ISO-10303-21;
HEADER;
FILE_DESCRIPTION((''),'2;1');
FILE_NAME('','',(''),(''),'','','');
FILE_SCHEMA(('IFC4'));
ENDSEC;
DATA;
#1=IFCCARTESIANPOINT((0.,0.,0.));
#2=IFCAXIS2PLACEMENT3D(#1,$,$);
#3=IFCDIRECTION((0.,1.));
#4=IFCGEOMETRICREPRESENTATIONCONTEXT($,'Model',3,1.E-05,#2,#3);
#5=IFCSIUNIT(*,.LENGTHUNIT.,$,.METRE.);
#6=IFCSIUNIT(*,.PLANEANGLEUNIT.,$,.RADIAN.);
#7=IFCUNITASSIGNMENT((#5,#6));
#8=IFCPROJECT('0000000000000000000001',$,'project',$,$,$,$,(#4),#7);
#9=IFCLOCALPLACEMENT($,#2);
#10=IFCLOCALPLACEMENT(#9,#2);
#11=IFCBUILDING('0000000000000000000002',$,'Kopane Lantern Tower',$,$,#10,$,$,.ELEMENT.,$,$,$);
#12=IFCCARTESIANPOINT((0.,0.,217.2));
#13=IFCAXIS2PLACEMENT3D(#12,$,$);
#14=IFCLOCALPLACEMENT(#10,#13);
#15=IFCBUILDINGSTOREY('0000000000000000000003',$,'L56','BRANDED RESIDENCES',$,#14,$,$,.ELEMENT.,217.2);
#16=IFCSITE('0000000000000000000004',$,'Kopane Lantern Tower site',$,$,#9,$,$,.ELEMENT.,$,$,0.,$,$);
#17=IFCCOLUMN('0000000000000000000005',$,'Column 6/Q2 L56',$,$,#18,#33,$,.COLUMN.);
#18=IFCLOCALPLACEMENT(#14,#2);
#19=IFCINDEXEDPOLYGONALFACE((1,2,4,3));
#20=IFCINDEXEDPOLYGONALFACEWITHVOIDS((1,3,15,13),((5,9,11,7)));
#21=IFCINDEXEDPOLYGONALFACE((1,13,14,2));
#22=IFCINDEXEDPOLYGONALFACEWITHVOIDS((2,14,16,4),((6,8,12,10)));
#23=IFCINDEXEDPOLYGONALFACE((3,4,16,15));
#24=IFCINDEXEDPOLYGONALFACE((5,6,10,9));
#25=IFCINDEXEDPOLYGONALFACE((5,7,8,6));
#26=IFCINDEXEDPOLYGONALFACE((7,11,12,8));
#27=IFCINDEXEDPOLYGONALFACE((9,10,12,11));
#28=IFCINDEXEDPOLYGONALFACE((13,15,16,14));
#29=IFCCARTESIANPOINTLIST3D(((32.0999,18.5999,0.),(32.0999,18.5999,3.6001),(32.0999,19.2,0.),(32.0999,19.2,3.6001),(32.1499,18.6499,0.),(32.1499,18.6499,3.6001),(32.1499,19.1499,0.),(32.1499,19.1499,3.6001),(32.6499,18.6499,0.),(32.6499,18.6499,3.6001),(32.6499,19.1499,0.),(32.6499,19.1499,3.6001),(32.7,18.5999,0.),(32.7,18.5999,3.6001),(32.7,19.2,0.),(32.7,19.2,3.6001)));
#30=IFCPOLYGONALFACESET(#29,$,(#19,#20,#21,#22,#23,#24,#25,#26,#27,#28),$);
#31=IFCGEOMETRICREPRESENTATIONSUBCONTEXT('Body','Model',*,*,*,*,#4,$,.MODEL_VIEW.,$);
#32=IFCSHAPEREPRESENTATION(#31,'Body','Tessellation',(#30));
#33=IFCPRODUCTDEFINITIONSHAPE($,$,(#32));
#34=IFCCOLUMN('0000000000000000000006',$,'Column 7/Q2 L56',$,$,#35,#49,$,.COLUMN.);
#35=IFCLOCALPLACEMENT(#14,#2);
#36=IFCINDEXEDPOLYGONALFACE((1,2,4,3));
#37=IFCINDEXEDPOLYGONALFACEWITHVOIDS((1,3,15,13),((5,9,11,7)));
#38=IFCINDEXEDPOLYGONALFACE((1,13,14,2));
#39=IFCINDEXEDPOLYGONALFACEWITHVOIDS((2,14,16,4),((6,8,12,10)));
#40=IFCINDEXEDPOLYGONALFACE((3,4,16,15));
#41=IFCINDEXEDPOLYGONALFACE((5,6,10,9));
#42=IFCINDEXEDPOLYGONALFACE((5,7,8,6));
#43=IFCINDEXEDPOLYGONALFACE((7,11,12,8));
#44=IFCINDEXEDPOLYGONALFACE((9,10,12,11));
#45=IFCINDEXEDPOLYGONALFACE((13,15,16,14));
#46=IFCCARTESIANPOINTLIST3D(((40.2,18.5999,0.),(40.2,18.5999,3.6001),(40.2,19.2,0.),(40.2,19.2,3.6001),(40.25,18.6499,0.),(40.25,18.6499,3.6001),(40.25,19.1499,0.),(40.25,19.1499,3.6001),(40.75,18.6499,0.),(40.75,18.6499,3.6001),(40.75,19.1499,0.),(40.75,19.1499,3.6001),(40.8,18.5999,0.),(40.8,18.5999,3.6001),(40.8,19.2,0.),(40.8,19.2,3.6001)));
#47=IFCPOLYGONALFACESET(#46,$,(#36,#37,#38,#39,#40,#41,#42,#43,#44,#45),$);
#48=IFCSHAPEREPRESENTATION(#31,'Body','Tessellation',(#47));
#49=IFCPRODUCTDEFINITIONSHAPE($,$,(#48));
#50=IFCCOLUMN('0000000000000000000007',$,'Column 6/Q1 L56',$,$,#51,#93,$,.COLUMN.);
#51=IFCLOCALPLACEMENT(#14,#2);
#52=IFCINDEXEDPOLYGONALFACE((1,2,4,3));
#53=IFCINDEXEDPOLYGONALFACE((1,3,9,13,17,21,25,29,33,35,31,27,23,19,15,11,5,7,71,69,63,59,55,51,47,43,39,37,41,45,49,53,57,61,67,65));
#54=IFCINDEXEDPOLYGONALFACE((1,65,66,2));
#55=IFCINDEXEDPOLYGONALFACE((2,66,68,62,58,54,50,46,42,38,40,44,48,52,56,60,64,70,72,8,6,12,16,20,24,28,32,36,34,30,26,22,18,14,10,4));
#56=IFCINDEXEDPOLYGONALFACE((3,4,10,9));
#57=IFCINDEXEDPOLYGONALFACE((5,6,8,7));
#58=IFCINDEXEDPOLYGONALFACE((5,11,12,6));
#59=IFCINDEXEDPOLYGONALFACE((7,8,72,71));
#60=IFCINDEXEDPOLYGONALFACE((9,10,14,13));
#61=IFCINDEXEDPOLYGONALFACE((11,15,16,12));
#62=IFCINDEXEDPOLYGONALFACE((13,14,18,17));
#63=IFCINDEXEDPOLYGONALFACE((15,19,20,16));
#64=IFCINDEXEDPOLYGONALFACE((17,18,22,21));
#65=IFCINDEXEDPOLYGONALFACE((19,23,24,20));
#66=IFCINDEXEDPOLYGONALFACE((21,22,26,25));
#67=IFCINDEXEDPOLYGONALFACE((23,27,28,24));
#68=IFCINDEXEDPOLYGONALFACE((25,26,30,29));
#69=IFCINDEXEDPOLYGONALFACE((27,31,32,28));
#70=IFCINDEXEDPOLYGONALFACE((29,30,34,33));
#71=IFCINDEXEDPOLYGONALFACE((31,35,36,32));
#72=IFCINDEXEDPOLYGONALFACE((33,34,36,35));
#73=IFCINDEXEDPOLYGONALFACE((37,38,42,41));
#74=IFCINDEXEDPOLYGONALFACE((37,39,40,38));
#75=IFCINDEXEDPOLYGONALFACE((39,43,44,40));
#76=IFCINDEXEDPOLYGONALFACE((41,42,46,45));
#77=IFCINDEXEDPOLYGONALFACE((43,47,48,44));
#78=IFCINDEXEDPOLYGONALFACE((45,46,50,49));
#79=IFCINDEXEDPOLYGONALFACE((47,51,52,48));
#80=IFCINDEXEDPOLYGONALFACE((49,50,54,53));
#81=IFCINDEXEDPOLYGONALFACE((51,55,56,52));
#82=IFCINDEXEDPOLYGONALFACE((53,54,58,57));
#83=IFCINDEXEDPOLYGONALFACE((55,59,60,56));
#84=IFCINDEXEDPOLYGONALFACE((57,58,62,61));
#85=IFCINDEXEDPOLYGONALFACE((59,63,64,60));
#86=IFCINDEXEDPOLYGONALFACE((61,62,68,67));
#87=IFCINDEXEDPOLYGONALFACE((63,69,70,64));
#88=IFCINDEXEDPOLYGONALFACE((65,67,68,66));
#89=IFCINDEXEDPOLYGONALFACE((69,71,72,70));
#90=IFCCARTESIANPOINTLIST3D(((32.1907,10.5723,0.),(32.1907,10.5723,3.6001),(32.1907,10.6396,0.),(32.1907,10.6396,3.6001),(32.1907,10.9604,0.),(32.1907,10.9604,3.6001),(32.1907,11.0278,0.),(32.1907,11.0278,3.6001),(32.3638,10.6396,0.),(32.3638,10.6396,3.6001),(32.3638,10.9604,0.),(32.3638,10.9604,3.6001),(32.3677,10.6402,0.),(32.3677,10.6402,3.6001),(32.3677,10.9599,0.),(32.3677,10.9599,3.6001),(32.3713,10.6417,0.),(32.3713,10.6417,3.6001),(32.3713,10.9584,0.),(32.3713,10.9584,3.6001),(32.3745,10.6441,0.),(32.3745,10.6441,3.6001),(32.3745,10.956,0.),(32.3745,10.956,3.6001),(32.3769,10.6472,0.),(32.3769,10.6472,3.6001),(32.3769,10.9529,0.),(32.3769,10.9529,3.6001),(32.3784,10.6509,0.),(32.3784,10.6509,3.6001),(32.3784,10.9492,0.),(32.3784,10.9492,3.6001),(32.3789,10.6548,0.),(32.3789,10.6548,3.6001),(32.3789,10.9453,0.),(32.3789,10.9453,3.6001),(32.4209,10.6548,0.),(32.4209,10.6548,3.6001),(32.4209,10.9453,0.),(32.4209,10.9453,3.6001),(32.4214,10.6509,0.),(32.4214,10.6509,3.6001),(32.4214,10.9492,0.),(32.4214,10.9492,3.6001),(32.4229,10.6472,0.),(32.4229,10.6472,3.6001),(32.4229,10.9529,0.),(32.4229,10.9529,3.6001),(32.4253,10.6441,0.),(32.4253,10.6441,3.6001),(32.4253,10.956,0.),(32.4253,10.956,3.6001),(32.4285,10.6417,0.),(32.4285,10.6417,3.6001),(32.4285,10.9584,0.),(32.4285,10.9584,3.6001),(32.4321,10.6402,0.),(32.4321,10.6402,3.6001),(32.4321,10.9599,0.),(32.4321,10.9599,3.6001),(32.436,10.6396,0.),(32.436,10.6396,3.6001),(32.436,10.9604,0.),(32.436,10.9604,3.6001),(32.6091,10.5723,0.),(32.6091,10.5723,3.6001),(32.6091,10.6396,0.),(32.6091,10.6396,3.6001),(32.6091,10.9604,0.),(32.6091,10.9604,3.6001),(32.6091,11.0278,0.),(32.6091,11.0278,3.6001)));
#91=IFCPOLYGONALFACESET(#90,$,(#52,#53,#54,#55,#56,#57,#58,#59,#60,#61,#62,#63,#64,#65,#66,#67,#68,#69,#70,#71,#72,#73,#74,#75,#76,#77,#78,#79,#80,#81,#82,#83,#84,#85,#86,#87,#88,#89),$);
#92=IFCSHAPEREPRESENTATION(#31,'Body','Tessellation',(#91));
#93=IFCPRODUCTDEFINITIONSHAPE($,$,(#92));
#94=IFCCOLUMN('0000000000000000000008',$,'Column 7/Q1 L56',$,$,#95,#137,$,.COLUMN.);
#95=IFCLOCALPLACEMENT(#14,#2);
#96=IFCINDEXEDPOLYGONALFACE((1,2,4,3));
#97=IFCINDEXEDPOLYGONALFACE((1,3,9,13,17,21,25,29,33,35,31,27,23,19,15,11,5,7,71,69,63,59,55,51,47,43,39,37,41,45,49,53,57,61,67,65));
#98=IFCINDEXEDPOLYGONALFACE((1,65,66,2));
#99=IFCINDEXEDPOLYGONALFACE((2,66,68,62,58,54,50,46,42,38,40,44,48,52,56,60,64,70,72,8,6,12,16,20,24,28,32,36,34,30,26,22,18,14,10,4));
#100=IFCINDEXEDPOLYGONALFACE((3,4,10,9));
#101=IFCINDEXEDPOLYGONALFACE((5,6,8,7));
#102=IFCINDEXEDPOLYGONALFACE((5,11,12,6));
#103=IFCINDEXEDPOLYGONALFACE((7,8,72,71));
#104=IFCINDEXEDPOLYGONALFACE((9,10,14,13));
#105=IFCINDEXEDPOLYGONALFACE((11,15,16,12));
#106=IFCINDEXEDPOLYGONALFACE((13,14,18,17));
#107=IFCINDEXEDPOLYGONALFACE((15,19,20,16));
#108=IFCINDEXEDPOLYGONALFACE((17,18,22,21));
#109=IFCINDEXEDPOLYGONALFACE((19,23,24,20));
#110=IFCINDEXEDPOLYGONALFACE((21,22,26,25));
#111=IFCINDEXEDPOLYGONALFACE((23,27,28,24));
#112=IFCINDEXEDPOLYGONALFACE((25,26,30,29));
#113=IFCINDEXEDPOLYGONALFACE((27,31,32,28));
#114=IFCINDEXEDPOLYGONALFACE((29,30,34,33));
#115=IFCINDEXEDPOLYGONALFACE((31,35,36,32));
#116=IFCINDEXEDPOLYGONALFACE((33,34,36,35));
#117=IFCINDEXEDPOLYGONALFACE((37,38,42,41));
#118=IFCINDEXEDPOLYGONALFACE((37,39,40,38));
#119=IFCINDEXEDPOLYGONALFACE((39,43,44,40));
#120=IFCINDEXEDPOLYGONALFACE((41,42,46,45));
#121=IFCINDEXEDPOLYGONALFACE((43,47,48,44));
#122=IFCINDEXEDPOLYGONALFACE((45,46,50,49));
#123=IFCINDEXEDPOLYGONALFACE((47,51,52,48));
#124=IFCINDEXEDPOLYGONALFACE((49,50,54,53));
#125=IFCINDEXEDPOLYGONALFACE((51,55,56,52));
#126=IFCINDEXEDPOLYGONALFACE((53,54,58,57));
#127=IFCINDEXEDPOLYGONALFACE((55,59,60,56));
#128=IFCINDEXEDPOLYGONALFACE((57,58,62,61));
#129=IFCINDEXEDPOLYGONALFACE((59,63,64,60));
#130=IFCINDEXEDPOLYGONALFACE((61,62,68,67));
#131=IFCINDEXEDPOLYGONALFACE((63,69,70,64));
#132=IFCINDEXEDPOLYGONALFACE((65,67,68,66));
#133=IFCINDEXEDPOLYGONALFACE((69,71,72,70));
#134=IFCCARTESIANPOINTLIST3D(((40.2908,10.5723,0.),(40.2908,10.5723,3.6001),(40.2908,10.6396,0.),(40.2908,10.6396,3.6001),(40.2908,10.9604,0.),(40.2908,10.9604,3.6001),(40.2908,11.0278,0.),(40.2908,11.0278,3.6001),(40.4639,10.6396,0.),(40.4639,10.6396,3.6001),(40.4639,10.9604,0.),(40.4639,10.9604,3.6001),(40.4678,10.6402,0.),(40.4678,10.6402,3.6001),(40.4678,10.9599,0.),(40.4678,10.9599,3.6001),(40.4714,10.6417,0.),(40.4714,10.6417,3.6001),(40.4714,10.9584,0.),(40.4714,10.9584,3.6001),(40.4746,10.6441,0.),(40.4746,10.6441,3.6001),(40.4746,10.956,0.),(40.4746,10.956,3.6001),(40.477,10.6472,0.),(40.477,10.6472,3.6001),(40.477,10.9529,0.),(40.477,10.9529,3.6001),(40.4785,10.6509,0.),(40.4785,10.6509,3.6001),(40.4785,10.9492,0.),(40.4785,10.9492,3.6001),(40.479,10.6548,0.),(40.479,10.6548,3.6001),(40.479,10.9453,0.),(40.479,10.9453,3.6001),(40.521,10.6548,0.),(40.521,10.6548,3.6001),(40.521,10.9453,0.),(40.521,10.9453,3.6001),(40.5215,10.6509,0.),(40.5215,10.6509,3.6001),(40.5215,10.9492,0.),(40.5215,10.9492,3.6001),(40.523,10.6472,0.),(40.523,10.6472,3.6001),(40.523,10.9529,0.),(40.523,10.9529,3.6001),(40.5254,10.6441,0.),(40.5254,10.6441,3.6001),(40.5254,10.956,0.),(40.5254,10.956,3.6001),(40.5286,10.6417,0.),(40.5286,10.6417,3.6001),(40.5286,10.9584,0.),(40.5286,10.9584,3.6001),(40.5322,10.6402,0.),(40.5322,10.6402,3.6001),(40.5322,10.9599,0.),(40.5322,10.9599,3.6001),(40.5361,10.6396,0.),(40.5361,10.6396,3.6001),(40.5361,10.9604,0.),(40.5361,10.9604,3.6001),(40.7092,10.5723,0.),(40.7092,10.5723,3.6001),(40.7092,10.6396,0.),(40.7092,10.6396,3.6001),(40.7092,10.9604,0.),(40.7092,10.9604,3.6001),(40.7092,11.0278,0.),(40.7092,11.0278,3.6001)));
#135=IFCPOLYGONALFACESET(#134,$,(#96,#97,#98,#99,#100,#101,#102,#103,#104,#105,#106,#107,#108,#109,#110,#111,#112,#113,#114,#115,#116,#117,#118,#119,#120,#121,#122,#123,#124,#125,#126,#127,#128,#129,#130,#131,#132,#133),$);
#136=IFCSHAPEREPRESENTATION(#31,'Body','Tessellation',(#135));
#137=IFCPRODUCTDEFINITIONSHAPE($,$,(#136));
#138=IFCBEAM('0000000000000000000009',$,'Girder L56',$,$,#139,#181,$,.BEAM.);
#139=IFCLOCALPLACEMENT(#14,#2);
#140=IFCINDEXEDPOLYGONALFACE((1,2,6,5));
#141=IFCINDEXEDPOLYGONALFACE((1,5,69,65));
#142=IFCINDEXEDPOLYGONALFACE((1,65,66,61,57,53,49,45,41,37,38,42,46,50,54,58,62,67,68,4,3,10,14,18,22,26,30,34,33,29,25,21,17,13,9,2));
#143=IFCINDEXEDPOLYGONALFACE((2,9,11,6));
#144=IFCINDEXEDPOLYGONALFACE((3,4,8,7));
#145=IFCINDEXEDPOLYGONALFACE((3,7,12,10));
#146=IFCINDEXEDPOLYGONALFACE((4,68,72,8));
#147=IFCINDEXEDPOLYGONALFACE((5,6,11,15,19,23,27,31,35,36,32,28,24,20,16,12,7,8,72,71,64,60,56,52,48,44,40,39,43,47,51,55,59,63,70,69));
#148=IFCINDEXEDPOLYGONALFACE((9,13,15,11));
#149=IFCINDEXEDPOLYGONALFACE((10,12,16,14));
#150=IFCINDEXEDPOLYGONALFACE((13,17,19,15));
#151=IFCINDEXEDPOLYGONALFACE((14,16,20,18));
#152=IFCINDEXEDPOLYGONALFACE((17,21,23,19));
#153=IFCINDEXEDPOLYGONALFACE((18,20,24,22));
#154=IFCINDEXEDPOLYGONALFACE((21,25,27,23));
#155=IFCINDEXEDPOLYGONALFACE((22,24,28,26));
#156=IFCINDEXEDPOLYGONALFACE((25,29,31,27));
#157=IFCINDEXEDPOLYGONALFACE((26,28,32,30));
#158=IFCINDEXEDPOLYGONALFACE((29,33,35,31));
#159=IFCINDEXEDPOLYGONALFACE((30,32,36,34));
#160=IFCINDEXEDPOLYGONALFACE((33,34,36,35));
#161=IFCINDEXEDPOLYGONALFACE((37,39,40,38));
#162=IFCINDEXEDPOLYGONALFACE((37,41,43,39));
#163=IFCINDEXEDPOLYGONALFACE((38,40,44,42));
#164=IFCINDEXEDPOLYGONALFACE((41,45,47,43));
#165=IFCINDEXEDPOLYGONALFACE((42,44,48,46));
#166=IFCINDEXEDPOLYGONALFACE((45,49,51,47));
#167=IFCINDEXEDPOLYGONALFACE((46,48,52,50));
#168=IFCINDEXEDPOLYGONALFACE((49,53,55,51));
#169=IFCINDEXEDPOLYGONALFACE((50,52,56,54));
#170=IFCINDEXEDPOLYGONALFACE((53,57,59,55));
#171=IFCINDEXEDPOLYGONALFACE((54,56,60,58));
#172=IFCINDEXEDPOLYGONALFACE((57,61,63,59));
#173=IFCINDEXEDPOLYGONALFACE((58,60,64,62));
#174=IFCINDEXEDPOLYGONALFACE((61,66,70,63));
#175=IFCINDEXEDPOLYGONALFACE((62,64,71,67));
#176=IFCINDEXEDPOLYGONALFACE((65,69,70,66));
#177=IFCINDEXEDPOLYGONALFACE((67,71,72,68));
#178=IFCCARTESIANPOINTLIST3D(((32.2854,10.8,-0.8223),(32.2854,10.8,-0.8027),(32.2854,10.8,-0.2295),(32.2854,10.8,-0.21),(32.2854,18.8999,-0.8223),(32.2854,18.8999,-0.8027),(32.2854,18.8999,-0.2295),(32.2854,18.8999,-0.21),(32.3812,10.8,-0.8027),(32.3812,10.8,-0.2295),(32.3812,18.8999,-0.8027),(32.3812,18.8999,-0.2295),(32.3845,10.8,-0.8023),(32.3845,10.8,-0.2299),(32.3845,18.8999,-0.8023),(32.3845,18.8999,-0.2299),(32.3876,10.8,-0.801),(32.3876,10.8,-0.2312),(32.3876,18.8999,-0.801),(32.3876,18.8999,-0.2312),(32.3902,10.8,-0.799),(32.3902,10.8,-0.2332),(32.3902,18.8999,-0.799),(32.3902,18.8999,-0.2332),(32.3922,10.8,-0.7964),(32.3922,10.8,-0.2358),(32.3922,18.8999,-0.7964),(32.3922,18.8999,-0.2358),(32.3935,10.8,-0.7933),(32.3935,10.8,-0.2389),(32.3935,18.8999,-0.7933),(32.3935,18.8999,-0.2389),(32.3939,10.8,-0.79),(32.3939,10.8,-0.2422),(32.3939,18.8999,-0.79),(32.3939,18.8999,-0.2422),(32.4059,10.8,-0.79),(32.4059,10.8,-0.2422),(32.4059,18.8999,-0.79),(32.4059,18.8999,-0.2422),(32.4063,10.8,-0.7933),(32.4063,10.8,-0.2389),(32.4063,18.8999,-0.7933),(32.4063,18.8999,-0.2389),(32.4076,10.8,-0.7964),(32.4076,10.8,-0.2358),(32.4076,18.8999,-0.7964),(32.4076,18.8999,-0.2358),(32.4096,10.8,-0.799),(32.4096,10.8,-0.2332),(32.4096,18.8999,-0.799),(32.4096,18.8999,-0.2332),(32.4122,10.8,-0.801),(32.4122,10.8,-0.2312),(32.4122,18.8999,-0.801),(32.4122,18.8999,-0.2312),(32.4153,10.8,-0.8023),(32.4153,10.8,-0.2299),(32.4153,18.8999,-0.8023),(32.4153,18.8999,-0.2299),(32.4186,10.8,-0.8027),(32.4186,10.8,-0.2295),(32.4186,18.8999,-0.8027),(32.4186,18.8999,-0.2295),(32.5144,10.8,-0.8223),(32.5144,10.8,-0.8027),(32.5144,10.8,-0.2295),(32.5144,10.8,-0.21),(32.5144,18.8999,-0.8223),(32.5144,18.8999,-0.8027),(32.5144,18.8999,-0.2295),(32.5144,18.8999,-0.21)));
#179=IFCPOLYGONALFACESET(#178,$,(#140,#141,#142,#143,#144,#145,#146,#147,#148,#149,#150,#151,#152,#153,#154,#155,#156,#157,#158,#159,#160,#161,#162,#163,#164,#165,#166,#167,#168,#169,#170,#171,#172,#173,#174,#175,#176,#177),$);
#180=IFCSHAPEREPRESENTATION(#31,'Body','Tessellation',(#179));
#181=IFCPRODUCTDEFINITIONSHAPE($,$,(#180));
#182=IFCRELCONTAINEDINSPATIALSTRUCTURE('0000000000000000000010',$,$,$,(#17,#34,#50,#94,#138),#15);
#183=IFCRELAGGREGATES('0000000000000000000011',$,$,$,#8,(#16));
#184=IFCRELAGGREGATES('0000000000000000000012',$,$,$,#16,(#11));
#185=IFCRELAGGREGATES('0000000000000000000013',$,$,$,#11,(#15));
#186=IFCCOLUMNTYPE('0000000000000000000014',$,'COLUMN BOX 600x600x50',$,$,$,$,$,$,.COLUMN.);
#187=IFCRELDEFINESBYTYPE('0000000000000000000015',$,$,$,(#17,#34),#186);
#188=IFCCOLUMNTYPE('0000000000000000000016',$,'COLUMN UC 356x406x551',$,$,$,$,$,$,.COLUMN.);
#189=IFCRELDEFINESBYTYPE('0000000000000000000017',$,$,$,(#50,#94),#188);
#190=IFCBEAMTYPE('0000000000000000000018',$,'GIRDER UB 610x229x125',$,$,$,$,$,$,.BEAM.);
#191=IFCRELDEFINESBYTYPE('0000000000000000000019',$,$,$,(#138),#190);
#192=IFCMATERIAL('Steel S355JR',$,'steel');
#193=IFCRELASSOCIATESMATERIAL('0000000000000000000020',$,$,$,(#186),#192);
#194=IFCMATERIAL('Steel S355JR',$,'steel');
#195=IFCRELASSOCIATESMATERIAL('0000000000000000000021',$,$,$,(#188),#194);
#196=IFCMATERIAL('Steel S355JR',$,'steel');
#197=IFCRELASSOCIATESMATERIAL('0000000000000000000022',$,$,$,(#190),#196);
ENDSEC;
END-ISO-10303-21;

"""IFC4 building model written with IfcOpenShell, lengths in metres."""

from ifc_helpers import new_model, si_unit, direction, frame, origin, origin_2d, place, context, subcontext, project, spatial, hollow_rectangle, i_section, extrude, material, material_profile, profile_set, type_object, element, save


model = new_model("IFC4")

# Units and contexts
model_context = context("Model", 3, precision=1e-05, world=origin(), true_north=direction((0.0, 1.0)))
body_context = subcontext(model_context, "Body", "Model", "MODEL_VIEW")
ifc_project = project(units=[si_unit("LENGTHUNIT", "METRE"), si_unit("PLANEANGLEUNIT", "RADIAN")], contexts=[model_context])

# Site, building, storey
site_placement = place(None, origin())
site = spatial("IfcSite", under=ifc_project, at=site_placement, Name="Kopane Lantern Tower site", CompositionType="ELEMENT", RefElevation=0.0)
building_placement = place(site_placement, origin())
building = spatial("IfcBuilding", under=site, at=building_placement, Name="Kopane Lantern Tower", CompositionType="ELEMENT")
storey_placement = place(building_placement, frame((0.0, 0.0, 217.2)))
storey = spatial("IfcBuildingStorey", under=building, at=storey_placement, Name="L56", Description="BRANDED RESIDENCES", CompositionType="ELEMENT", Elevation=217.2)

# Columns
ifc_material_1 = material(Name="Steel S355JR", Category="steel")
ifc_material_profile_1 = material_profile(ifc_material_1, hollow_rectangle(XDim=0.6001, YDim=0.6001, WallThickness=0.05, at=origin_2d()), Name="BOX 600x600x50")
ifc_profile_set_1 = profile_set([ifc_material_profile_1], Name="Steel S355JR")
column_type_1 = type_object("IfcColumnType", Name="COLUMN BOX 600x600x50", PredefinedType="COLUMN", material=ifc_profile_set_1)
for number, where, z_axis, x_axis, name in (
    (1, (32.3999, 18.8999, 0.0), (0.0, 0.0, 1.0), (1.0, 0.0, 0.0), "Column 6/Q2 L56"),
    (2, (40.5, 18.8999, 0.0), (0.0, 0.0, 1.0), (1.0, 0.0, 0.0), "Column 7/Q2 L56"),
):
    element("IfcColumn", number, at=place(storey_placement, frame(where, z_axis=z_axis, x_axis=x_axis)), inside=storey, type_object=column_type_1, Name=name, PredefinedType="COLUMN", context=body_context, shape_type="SweptSolid", body=[
        extrude(hollow_rectangle(XDim=0.6001, YDim=0.6001, WallThickness=0.05, at=origin_2d()), origin(), (0.0, 0.0, 1.0), 3.6001),
    ])
ifc_material_2 = material(Name="Steel S355JR", Category="steel")
ifc_material_profile_2 = material_profile(ifc_material_2, i_section(OverallWidth=0.4185, OverallDepth=0.4556, WebThickness=0.042, FlangeThickness=0.0674, FilletRadius=0.0151, at=origin_2d()), Name="UC 356x406x551")
ifc_profile_set_2 = profile_set([ifc_material_profile_2], Name="Steel S355JR")
column_type_2 = type_object("IfcColumnType", Name="COLUMN UC 356x406x551", PredefinedType="COLUMN", material=ifc_profile_set_2)
for number, where, z_axis, x_axis, name in (
    (3, (32.3999, 10.8, 0.0), (0.0, 0.0, 1.0), (1.0, 0.0, 0.0), "Column 6/Q1 L56"),
    (4, (40.5, 10.8, 0.0), (0.0, 0.0, 1.0), (1.0, 0.0, 0.0), "Column 7/Q1 L56"),
):
    element("IfcColumn", number, at=place(storey_placement, frame(where, z_axis=z_axis, x_axis=x_axis)), inside=storey, type_object=column_type_2, Name=name, PredefinedType="COLUMN", context=body_context, shape_type="SweptSolid", body=[
        extrude(i_section(OverallWidth=0.4185, OverallDepth=0.4556, WebThickness=0.042, FlangeThickness=0.0674, FilletRadius=0.0151, at=origin_2d()), origin(), (0.0, 0.0, 1.0), 3.6001),
    ])

# Beam
ifc_material_3 = material(Name="Steel S355JR", Category="steel")
ifc_material_profile_3 = material_profile(ifc_material_3, i_section(OverallWidth=0.229, OverallDepth=0.6123, WebThickness=0.012, FlangeThickness=0.0195, FilletRadius=0.0127, at=origin_2d()), Name="UB 610x229x125")
ifc_profile_set_3 = profile_set([ifc_material_profile_3], Name="Steel S355JR")
beam_type = type_object("IfcBeamType", Name="GIRDER UB 610x229x125", PredefinedType="BEAM", material=ifc_profile_set_3)
beam_1_placement = place(storey_placement, frame((32.3999, 10.8, -0.5161), z_axis=(0.0, 1.0, 0.0), x_axis=(-1.0, 0.0, 0.0)))
element("IfcBeam", 5, at=beam_1_placement, inside=storey, type_object=beam_type, Name="Girder L56", PredefinedType="BEAM", context=body_context, shape_type="SweptSolid", body=[
    extrude(i_section(OverallWidth=0.229, OverallDepth=0.6123, WebThickness=0.012, FlangeThickness=0.0195, FilletRadius=0.0127, at=origin_2d()), origin(), (0.0, 0.0, 1.0), 8.0999),
])

save(model, "model.ifc")
